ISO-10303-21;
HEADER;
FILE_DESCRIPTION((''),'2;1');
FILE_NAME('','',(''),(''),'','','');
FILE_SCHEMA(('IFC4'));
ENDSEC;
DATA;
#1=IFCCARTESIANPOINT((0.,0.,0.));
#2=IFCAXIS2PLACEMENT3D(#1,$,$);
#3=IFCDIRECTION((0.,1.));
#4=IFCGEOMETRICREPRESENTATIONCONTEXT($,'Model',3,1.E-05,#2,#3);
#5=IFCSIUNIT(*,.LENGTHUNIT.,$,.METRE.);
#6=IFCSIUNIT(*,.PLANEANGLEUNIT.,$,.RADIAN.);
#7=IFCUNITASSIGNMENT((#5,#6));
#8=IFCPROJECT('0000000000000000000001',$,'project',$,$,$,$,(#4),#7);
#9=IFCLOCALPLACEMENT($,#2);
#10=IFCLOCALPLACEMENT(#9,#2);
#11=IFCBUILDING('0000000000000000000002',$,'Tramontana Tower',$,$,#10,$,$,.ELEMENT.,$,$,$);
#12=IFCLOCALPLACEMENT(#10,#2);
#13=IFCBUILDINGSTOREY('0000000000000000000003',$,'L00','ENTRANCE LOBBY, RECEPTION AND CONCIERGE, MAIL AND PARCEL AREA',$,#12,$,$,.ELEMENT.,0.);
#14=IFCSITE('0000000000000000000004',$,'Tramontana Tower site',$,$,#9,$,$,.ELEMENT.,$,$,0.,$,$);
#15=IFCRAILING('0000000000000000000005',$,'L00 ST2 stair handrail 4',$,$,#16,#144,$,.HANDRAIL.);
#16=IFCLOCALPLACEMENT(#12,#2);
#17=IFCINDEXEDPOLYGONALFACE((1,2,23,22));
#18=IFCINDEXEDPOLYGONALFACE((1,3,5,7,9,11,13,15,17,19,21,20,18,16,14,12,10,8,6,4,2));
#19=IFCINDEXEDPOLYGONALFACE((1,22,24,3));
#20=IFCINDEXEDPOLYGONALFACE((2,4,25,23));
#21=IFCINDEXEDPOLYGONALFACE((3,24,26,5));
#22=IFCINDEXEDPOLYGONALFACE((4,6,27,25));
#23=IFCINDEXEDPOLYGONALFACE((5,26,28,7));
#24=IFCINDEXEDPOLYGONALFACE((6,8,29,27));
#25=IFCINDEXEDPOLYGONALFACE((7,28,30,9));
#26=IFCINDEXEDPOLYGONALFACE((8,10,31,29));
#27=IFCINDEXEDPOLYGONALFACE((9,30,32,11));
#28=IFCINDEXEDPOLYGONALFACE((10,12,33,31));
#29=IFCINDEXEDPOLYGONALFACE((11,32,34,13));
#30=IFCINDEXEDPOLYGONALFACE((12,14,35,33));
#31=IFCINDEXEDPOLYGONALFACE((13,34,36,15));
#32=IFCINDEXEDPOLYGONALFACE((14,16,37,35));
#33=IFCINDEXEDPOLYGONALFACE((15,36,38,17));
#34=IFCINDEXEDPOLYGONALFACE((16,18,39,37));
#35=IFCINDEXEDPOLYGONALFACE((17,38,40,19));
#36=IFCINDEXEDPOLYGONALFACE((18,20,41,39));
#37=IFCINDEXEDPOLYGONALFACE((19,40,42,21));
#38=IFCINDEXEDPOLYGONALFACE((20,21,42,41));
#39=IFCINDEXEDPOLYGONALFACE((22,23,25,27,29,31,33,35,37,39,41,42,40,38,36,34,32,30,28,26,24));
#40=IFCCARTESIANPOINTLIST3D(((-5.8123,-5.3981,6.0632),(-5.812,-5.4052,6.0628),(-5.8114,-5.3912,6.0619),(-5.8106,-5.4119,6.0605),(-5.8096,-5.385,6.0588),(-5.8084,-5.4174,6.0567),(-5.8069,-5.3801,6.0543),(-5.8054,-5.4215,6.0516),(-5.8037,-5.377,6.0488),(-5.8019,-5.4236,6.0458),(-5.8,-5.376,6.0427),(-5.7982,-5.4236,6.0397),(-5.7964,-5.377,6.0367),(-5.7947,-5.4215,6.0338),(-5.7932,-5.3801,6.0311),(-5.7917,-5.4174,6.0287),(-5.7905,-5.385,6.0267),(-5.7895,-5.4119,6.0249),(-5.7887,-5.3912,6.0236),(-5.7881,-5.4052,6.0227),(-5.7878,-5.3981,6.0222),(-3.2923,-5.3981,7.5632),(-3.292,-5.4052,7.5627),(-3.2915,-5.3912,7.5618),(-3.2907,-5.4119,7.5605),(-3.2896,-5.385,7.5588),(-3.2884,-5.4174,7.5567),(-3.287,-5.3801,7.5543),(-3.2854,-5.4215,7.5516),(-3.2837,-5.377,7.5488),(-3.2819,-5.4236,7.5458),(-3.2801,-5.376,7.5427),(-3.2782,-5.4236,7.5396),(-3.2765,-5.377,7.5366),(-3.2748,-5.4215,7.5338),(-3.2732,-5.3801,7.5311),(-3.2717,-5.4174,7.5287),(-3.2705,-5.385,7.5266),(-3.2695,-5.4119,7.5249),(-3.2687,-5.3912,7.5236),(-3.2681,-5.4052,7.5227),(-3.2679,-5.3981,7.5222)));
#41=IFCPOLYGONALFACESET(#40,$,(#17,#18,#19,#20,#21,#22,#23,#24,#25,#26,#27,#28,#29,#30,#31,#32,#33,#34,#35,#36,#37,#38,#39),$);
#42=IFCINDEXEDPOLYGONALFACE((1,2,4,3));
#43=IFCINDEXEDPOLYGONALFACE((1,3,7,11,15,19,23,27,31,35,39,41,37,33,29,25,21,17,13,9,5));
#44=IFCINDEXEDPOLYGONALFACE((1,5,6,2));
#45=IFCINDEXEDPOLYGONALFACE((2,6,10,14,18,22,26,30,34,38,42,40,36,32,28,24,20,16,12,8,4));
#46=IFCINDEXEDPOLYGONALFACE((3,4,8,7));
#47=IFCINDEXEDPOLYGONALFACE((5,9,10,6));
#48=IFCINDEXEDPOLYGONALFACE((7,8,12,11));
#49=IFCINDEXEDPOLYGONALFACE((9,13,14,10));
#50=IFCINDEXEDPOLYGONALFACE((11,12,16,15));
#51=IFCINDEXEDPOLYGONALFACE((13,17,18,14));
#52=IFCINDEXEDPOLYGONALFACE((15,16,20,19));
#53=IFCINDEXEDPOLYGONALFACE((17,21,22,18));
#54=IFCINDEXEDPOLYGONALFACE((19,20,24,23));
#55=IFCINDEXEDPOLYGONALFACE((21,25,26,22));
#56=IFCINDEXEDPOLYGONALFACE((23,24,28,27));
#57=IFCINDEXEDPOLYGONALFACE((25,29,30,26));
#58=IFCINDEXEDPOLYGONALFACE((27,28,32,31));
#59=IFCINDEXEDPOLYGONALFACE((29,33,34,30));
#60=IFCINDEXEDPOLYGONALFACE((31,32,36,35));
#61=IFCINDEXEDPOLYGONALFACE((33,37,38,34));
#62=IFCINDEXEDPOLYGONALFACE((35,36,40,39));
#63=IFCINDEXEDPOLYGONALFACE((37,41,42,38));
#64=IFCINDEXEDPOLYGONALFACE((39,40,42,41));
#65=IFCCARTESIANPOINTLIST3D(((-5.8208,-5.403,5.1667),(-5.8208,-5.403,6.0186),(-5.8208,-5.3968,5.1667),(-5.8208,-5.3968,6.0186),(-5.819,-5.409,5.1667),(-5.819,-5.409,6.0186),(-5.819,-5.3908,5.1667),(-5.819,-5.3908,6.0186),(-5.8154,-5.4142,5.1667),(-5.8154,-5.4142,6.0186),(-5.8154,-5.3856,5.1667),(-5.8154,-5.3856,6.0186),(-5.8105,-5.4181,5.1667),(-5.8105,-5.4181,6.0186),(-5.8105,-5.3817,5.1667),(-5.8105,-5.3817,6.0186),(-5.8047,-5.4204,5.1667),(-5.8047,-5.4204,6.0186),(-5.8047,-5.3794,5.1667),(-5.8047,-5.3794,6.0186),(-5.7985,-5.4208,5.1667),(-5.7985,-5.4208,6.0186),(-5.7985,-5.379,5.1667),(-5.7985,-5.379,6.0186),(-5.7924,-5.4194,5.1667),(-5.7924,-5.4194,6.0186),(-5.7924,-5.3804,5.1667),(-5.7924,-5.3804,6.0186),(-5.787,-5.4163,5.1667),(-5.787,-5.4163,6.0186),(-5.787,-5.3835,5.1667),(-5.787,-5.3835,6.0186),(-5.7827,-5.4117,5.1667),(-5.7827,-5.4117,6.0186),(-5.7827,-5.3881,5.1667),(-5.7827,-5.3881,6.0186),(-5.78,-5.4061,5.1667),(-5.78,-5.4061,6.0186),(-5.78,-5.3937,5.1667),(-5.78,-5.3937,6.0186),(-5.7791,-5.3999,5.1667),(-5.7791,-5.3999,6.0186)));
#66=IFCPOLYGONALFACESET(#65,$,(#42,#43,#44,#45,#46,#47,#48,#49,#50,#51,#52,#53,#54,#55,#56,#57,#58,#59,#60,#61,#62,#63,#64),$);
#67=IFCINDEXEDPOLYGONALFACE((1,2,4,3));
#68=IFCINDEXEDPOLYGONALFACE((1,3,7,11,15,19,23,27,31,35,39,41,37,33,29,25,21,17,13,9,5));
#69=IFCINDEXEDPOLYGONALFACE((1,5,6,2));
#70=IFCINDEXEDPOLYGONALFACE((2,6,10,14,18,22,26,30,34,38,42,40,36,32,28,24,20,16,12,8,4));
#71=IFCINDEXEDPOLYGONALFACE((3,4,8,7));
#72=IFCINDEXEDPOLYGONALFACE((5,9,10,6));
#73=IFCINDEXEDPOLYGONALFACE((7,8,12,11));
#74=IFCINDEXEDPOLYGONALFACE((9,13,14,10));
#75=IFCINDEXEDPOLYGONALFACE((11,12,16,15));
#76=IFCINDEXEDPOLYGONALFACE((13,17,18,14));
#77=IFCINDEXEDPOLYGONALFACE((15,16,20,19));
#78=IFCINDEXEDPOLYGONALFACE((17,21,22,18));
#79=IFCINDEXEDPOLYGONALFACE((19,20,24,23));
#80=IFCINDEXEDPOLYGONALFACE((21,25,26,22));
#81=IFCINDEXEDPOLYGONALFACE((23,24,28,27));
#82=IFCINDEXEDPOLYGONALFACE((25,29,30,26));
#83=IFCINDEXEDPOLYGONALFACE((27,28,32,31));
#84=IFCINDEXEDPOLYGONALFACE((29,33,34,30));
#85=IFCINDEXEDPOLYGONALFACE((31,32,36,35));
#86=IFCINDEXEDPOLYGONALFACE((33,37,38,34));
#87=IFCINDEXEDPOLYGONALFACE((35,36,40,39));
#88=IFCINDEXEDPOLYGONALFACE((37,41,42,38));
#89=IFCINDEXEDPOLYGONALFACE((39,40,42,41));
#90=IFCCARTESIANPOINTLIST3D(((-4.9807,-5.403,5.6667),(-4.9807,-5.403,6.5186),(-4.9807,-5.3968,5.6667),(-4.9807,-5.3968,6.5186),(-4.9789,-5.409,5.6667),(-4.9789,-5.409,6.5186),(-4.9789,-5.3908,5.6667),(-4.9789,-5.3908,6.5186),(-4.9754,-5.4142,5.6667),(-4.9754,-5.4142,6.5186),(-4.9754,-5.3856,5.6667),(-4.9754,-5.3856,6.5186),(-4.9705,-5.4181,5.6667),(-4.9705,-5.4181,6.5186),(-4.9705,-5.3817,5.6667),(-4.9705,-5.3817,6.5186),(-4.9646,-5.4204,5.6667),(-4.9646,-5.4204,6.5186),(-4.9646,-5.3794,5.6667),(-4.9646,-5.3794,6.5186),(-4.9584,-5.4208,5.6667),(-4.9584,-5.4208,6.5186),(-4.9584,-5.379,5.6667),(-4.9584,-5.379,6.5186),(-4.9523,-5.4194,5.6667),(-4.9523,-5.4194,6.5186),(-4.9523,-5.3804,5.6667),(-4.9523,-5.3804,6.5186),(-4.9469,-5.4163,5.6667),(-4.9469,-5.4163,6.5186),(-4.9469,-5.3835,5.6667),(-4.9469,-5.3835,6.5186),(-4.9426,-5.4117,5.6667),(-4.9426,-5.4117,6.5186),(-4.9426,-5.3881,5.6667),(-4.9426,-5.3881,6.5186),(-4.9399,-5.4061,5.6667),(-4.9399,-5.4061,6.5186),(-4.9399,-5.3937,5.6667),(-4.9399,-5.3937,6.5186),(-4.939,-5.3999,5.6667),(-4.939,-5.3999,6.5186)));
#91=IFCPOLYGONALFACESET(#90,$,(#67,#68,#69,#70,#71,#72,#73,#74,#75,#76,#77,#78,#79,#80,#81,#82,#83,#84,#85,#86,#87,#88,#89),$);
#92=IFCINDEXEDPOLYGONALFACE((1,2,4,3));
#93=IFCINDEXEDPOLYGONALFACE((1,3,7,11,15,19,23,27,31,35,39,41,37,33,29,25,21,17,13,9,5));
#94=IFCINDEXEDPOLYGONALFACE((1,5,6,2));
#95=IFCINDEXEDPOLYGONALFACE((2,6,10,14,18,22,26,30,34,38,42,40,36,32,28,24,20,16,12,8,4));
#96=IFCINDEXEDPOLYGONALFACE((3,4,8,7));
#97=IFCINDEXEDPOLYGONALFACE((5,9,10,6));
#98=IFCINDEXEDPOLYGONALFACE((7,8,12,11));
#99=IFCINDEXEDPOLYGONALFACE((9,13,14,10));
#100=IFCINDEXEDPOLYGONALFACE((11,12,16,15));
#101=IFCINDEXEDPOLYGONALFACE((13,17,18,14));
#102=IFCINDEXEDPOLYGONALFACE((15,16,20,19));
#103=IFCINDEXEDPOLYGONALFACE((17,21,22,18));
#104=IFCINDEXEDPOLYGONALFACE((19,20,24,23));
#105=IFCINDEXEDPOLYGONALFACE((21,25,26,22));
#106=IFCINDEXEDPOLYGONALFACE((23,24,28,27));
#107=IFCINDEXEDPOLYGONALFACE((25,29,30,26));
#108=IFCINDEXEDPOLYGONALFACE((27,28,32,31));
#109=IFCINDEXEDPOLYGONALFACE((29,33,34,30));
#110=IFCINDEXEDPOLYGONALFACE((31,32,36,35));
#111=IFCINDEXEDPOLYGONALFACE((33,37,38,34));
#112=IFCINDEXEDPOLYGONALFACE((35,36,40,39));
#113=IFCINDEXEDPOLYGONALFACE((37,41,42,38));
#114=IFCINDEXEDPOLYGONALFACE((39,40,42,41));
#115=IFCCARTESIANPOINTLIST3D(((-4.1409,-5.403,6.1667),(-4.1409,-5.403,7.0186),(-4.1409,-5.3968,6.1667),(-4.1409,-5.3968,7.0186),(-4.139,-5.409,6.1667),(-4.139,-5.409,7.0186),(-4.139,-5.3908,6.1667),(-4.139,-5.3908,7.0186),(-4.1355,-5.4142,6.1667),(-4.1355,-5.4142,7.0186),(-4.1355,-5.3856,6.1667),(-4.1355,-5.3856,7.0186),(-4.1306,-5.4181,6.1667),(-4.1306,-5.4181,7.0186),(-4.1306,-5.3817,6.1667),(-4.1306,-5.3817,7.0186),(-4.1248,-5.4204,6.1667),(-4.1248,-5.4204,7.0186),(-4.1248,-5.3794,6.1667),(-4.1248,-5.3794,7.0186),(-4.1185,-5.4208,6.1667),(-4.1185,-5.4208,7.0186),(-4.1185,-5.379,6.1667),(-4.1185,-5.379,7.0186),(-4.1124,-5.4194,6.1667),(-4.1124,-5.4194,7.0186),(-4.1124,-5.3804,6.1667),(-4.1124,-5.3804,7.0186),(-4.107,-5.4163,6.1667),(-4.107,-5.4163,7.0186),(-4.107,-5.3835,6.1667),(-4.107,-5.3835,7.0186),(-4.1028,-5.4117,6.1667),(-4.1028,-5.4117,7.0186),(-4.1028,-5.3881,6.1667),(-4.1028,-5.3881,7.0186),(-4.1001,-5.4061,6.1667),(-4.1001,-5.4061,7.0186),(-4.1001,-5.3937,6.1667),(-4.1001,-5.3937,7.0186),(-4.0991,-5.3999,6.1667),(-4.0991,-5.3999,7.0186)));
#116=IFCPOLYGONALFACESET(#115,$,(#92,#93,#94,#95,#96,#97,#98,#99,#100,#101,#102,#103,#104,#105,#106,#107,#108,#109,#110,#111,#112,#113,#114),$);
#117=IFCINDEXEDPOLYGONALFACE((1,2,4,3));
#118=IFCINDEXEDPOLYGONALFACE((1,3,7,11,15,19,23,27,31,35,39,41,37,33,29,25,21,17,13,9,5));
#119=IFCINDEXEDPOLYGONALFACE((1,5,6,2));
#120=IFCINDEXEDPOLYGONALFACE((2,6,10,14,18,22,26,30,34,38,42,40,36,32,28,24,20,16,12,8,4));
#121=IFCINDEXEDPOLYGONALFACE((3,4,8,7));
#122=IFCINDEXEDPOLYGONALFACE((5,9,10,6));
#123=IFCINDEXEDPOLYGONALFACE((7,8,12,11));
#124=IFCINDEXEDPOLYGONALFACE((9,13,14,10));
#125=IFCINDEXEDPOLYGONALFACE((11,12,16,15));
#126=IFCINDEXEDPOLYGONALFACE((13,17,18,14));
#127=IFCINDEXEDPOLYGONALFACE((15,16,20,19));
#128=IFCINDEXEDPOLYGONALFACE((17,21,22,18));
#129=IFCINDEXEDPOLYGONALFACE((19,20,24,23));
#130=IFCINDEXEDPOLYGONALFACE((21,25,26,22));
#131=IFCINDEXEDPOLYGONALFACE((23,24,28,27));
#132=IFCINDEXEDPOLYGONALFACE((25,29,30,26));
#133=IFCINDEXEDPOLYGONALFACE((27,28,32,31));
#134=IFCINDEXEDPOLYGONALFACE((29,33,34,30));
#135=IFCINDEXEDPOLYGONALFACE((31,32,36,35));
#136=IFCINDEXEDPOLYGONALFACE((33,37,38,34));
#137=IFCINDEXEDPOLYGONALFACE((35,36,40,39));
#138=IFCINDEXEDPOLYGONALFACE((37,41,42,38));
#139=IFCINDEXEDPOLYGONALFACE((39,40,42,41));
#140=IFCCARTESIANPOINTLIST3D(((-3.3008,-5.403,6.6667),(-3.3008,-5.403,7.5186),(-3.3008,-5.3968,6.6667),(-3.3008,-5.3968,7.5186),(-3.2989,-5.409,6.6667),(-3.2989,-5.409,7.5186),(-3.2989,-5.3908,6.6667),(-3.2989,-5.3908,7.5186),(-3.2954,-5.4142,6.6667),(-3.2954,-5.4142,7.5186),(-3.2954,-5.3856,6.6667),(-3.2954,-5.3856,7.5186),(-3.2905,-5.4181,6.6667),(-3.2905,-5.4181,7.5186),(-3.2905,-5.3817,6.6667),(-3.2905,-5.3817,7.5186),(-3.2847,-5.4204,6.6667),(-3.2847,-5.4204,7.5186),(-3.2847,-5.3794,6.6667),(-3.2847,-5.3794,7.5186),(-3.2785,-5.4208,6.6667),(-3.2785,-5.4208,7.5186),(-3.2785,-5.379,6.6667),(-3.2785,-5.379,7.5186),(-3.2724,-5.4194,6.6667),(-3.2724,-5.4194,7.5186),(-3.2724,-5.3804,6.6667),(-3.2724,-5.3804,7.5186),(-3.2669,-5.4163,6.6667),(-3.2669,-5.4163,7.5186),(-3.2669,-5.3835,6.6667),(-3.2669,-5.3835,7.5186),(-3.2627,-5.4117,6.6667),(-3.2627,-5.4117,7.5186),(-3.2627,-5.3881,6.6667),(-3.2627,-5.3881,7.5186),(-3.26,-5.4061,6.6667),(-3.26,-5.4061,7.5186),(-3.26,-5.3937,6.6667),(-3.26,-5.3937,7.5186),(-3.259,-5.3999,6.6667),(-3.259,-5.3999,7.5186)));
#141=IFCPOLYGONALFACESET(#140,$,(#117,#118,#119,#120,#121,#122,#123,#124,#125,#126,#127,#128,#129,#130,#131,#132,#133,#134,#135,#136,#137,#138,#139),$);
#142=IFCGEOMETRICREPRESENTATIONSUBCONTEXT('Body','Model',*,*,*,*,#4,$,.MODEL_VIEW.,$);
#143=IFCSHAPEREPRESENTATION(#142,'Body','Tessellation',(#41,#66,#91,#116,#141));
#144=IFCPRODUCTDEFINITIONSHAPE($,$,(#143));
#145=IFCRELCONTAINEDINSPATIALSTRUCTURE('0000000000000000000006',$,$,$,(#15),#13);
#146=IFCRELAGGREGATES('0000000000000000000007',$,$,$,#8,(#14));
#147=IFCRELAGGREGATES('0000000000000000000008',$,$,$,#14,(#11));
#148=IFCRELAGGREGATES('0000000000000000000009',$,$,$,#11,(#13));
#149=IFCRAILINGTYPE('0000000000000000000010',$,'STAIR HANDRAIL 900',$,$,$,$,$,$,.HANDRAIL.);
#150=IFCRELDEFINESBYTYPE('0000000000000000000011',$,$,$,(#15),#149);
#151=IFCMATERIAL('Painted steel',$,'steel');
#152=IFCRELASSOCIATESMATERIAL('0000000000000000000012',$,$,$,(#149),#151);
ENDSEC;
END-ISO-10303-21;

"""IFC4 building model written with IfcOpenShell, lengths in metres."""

from ifc_helpers import new_model, si_unit, direction, frame, origin, origin_2d, place, context, subcontext, project, spatial, circle, extrude, material, type_object, element, save


model = new_model("IFC4")

# Units and contexts
model_context = context("Model", 3, precision=1e-05, world=origin(), true_north=direction((0.0, 1.0)))
body_context = subcontext(model_context, "Body", "Model", "MODEL_VIEW")
ifc_project = project(units=[si_unit("LENGTHUNIT", "METRE"), si_unit("PLANEANGLEUNIT", "RADIAN")], contexts=[model_context])

# Site, building, storey
site_placement = place(None, origin())
site = spatial("IfcSite", under=ifc_project, at=site_placement, Name="Tramontana Tower site", CompositionType="ELEMENT", RefElevation=0.0)
building_placement = place(site_placement, origin())
building = spatial("IfcBuilding", under=site, at=building_placement, Name="Tramontana Tower", CompositionType="ELEMENT")
storey_placement = place(building_placement, origin())
storey = spatial("IfcBuildingStorey", under=building, at=storey_placement, Name="L00", Description="ENTRANCE LOBBY, RECEPTION AND CONCIERGE, MAIL AND PARCEL AREA", CompositionType="ELEMENT", Elevation=0.0)

# Railing
ifc_material_1 = material(Name="Painted steel", Category="steel")
railing_type = type_object("IfcRailingType", Name="STAIR HANDRAIL 900", PredefinedType="HANDRAIL", material=ifc_material_1)
for number, where, name in (
    (1, (-5.8, -5.3999, 5.1667), "L00 ST2 stair handrail 4"),
):
    element("IfcRailing", number, at=place(storey_placement, frame(where)), inside=storey, type_object=railing_type, Name=name, PredefinedType="HANDRAIL", context=body_context, shape_type="SweptSolid", body=[
        extrude(circle(Radius=0.0239, at=origin_2d()), frame((0.0, 0.0, 0.876), z_axis=(0.859295, 0.0, 0.511481), x_axis=(0.0, 1.0, 0.0)), (0.0, 0.0, 1.0), 2.9326),
        extrude(circle(Radius=0.021, at=origin_2d()), origin(), (0.0, 0.0, 1.0), 0.8518),
        extrude(circle(Radius=0.021, at=origin_2d()), frame((0.8401, 0.0, 0.5)), (0.0, 0.0, 1.0), 0.8518),
        extrude(circle(Radius=0.021, at=origin_2d()), frame((1.6799, 0.0, 1.0)), (0.0, 0.0, 1.0), 0.8518),
        extrude(circle(Radius=0.021, at=origin_2d()), frame((2.52, 0.0, 1.5)), (0.0, 0.0, 1.0), 0.8518),
    ])

save(model, "model.ifc")
